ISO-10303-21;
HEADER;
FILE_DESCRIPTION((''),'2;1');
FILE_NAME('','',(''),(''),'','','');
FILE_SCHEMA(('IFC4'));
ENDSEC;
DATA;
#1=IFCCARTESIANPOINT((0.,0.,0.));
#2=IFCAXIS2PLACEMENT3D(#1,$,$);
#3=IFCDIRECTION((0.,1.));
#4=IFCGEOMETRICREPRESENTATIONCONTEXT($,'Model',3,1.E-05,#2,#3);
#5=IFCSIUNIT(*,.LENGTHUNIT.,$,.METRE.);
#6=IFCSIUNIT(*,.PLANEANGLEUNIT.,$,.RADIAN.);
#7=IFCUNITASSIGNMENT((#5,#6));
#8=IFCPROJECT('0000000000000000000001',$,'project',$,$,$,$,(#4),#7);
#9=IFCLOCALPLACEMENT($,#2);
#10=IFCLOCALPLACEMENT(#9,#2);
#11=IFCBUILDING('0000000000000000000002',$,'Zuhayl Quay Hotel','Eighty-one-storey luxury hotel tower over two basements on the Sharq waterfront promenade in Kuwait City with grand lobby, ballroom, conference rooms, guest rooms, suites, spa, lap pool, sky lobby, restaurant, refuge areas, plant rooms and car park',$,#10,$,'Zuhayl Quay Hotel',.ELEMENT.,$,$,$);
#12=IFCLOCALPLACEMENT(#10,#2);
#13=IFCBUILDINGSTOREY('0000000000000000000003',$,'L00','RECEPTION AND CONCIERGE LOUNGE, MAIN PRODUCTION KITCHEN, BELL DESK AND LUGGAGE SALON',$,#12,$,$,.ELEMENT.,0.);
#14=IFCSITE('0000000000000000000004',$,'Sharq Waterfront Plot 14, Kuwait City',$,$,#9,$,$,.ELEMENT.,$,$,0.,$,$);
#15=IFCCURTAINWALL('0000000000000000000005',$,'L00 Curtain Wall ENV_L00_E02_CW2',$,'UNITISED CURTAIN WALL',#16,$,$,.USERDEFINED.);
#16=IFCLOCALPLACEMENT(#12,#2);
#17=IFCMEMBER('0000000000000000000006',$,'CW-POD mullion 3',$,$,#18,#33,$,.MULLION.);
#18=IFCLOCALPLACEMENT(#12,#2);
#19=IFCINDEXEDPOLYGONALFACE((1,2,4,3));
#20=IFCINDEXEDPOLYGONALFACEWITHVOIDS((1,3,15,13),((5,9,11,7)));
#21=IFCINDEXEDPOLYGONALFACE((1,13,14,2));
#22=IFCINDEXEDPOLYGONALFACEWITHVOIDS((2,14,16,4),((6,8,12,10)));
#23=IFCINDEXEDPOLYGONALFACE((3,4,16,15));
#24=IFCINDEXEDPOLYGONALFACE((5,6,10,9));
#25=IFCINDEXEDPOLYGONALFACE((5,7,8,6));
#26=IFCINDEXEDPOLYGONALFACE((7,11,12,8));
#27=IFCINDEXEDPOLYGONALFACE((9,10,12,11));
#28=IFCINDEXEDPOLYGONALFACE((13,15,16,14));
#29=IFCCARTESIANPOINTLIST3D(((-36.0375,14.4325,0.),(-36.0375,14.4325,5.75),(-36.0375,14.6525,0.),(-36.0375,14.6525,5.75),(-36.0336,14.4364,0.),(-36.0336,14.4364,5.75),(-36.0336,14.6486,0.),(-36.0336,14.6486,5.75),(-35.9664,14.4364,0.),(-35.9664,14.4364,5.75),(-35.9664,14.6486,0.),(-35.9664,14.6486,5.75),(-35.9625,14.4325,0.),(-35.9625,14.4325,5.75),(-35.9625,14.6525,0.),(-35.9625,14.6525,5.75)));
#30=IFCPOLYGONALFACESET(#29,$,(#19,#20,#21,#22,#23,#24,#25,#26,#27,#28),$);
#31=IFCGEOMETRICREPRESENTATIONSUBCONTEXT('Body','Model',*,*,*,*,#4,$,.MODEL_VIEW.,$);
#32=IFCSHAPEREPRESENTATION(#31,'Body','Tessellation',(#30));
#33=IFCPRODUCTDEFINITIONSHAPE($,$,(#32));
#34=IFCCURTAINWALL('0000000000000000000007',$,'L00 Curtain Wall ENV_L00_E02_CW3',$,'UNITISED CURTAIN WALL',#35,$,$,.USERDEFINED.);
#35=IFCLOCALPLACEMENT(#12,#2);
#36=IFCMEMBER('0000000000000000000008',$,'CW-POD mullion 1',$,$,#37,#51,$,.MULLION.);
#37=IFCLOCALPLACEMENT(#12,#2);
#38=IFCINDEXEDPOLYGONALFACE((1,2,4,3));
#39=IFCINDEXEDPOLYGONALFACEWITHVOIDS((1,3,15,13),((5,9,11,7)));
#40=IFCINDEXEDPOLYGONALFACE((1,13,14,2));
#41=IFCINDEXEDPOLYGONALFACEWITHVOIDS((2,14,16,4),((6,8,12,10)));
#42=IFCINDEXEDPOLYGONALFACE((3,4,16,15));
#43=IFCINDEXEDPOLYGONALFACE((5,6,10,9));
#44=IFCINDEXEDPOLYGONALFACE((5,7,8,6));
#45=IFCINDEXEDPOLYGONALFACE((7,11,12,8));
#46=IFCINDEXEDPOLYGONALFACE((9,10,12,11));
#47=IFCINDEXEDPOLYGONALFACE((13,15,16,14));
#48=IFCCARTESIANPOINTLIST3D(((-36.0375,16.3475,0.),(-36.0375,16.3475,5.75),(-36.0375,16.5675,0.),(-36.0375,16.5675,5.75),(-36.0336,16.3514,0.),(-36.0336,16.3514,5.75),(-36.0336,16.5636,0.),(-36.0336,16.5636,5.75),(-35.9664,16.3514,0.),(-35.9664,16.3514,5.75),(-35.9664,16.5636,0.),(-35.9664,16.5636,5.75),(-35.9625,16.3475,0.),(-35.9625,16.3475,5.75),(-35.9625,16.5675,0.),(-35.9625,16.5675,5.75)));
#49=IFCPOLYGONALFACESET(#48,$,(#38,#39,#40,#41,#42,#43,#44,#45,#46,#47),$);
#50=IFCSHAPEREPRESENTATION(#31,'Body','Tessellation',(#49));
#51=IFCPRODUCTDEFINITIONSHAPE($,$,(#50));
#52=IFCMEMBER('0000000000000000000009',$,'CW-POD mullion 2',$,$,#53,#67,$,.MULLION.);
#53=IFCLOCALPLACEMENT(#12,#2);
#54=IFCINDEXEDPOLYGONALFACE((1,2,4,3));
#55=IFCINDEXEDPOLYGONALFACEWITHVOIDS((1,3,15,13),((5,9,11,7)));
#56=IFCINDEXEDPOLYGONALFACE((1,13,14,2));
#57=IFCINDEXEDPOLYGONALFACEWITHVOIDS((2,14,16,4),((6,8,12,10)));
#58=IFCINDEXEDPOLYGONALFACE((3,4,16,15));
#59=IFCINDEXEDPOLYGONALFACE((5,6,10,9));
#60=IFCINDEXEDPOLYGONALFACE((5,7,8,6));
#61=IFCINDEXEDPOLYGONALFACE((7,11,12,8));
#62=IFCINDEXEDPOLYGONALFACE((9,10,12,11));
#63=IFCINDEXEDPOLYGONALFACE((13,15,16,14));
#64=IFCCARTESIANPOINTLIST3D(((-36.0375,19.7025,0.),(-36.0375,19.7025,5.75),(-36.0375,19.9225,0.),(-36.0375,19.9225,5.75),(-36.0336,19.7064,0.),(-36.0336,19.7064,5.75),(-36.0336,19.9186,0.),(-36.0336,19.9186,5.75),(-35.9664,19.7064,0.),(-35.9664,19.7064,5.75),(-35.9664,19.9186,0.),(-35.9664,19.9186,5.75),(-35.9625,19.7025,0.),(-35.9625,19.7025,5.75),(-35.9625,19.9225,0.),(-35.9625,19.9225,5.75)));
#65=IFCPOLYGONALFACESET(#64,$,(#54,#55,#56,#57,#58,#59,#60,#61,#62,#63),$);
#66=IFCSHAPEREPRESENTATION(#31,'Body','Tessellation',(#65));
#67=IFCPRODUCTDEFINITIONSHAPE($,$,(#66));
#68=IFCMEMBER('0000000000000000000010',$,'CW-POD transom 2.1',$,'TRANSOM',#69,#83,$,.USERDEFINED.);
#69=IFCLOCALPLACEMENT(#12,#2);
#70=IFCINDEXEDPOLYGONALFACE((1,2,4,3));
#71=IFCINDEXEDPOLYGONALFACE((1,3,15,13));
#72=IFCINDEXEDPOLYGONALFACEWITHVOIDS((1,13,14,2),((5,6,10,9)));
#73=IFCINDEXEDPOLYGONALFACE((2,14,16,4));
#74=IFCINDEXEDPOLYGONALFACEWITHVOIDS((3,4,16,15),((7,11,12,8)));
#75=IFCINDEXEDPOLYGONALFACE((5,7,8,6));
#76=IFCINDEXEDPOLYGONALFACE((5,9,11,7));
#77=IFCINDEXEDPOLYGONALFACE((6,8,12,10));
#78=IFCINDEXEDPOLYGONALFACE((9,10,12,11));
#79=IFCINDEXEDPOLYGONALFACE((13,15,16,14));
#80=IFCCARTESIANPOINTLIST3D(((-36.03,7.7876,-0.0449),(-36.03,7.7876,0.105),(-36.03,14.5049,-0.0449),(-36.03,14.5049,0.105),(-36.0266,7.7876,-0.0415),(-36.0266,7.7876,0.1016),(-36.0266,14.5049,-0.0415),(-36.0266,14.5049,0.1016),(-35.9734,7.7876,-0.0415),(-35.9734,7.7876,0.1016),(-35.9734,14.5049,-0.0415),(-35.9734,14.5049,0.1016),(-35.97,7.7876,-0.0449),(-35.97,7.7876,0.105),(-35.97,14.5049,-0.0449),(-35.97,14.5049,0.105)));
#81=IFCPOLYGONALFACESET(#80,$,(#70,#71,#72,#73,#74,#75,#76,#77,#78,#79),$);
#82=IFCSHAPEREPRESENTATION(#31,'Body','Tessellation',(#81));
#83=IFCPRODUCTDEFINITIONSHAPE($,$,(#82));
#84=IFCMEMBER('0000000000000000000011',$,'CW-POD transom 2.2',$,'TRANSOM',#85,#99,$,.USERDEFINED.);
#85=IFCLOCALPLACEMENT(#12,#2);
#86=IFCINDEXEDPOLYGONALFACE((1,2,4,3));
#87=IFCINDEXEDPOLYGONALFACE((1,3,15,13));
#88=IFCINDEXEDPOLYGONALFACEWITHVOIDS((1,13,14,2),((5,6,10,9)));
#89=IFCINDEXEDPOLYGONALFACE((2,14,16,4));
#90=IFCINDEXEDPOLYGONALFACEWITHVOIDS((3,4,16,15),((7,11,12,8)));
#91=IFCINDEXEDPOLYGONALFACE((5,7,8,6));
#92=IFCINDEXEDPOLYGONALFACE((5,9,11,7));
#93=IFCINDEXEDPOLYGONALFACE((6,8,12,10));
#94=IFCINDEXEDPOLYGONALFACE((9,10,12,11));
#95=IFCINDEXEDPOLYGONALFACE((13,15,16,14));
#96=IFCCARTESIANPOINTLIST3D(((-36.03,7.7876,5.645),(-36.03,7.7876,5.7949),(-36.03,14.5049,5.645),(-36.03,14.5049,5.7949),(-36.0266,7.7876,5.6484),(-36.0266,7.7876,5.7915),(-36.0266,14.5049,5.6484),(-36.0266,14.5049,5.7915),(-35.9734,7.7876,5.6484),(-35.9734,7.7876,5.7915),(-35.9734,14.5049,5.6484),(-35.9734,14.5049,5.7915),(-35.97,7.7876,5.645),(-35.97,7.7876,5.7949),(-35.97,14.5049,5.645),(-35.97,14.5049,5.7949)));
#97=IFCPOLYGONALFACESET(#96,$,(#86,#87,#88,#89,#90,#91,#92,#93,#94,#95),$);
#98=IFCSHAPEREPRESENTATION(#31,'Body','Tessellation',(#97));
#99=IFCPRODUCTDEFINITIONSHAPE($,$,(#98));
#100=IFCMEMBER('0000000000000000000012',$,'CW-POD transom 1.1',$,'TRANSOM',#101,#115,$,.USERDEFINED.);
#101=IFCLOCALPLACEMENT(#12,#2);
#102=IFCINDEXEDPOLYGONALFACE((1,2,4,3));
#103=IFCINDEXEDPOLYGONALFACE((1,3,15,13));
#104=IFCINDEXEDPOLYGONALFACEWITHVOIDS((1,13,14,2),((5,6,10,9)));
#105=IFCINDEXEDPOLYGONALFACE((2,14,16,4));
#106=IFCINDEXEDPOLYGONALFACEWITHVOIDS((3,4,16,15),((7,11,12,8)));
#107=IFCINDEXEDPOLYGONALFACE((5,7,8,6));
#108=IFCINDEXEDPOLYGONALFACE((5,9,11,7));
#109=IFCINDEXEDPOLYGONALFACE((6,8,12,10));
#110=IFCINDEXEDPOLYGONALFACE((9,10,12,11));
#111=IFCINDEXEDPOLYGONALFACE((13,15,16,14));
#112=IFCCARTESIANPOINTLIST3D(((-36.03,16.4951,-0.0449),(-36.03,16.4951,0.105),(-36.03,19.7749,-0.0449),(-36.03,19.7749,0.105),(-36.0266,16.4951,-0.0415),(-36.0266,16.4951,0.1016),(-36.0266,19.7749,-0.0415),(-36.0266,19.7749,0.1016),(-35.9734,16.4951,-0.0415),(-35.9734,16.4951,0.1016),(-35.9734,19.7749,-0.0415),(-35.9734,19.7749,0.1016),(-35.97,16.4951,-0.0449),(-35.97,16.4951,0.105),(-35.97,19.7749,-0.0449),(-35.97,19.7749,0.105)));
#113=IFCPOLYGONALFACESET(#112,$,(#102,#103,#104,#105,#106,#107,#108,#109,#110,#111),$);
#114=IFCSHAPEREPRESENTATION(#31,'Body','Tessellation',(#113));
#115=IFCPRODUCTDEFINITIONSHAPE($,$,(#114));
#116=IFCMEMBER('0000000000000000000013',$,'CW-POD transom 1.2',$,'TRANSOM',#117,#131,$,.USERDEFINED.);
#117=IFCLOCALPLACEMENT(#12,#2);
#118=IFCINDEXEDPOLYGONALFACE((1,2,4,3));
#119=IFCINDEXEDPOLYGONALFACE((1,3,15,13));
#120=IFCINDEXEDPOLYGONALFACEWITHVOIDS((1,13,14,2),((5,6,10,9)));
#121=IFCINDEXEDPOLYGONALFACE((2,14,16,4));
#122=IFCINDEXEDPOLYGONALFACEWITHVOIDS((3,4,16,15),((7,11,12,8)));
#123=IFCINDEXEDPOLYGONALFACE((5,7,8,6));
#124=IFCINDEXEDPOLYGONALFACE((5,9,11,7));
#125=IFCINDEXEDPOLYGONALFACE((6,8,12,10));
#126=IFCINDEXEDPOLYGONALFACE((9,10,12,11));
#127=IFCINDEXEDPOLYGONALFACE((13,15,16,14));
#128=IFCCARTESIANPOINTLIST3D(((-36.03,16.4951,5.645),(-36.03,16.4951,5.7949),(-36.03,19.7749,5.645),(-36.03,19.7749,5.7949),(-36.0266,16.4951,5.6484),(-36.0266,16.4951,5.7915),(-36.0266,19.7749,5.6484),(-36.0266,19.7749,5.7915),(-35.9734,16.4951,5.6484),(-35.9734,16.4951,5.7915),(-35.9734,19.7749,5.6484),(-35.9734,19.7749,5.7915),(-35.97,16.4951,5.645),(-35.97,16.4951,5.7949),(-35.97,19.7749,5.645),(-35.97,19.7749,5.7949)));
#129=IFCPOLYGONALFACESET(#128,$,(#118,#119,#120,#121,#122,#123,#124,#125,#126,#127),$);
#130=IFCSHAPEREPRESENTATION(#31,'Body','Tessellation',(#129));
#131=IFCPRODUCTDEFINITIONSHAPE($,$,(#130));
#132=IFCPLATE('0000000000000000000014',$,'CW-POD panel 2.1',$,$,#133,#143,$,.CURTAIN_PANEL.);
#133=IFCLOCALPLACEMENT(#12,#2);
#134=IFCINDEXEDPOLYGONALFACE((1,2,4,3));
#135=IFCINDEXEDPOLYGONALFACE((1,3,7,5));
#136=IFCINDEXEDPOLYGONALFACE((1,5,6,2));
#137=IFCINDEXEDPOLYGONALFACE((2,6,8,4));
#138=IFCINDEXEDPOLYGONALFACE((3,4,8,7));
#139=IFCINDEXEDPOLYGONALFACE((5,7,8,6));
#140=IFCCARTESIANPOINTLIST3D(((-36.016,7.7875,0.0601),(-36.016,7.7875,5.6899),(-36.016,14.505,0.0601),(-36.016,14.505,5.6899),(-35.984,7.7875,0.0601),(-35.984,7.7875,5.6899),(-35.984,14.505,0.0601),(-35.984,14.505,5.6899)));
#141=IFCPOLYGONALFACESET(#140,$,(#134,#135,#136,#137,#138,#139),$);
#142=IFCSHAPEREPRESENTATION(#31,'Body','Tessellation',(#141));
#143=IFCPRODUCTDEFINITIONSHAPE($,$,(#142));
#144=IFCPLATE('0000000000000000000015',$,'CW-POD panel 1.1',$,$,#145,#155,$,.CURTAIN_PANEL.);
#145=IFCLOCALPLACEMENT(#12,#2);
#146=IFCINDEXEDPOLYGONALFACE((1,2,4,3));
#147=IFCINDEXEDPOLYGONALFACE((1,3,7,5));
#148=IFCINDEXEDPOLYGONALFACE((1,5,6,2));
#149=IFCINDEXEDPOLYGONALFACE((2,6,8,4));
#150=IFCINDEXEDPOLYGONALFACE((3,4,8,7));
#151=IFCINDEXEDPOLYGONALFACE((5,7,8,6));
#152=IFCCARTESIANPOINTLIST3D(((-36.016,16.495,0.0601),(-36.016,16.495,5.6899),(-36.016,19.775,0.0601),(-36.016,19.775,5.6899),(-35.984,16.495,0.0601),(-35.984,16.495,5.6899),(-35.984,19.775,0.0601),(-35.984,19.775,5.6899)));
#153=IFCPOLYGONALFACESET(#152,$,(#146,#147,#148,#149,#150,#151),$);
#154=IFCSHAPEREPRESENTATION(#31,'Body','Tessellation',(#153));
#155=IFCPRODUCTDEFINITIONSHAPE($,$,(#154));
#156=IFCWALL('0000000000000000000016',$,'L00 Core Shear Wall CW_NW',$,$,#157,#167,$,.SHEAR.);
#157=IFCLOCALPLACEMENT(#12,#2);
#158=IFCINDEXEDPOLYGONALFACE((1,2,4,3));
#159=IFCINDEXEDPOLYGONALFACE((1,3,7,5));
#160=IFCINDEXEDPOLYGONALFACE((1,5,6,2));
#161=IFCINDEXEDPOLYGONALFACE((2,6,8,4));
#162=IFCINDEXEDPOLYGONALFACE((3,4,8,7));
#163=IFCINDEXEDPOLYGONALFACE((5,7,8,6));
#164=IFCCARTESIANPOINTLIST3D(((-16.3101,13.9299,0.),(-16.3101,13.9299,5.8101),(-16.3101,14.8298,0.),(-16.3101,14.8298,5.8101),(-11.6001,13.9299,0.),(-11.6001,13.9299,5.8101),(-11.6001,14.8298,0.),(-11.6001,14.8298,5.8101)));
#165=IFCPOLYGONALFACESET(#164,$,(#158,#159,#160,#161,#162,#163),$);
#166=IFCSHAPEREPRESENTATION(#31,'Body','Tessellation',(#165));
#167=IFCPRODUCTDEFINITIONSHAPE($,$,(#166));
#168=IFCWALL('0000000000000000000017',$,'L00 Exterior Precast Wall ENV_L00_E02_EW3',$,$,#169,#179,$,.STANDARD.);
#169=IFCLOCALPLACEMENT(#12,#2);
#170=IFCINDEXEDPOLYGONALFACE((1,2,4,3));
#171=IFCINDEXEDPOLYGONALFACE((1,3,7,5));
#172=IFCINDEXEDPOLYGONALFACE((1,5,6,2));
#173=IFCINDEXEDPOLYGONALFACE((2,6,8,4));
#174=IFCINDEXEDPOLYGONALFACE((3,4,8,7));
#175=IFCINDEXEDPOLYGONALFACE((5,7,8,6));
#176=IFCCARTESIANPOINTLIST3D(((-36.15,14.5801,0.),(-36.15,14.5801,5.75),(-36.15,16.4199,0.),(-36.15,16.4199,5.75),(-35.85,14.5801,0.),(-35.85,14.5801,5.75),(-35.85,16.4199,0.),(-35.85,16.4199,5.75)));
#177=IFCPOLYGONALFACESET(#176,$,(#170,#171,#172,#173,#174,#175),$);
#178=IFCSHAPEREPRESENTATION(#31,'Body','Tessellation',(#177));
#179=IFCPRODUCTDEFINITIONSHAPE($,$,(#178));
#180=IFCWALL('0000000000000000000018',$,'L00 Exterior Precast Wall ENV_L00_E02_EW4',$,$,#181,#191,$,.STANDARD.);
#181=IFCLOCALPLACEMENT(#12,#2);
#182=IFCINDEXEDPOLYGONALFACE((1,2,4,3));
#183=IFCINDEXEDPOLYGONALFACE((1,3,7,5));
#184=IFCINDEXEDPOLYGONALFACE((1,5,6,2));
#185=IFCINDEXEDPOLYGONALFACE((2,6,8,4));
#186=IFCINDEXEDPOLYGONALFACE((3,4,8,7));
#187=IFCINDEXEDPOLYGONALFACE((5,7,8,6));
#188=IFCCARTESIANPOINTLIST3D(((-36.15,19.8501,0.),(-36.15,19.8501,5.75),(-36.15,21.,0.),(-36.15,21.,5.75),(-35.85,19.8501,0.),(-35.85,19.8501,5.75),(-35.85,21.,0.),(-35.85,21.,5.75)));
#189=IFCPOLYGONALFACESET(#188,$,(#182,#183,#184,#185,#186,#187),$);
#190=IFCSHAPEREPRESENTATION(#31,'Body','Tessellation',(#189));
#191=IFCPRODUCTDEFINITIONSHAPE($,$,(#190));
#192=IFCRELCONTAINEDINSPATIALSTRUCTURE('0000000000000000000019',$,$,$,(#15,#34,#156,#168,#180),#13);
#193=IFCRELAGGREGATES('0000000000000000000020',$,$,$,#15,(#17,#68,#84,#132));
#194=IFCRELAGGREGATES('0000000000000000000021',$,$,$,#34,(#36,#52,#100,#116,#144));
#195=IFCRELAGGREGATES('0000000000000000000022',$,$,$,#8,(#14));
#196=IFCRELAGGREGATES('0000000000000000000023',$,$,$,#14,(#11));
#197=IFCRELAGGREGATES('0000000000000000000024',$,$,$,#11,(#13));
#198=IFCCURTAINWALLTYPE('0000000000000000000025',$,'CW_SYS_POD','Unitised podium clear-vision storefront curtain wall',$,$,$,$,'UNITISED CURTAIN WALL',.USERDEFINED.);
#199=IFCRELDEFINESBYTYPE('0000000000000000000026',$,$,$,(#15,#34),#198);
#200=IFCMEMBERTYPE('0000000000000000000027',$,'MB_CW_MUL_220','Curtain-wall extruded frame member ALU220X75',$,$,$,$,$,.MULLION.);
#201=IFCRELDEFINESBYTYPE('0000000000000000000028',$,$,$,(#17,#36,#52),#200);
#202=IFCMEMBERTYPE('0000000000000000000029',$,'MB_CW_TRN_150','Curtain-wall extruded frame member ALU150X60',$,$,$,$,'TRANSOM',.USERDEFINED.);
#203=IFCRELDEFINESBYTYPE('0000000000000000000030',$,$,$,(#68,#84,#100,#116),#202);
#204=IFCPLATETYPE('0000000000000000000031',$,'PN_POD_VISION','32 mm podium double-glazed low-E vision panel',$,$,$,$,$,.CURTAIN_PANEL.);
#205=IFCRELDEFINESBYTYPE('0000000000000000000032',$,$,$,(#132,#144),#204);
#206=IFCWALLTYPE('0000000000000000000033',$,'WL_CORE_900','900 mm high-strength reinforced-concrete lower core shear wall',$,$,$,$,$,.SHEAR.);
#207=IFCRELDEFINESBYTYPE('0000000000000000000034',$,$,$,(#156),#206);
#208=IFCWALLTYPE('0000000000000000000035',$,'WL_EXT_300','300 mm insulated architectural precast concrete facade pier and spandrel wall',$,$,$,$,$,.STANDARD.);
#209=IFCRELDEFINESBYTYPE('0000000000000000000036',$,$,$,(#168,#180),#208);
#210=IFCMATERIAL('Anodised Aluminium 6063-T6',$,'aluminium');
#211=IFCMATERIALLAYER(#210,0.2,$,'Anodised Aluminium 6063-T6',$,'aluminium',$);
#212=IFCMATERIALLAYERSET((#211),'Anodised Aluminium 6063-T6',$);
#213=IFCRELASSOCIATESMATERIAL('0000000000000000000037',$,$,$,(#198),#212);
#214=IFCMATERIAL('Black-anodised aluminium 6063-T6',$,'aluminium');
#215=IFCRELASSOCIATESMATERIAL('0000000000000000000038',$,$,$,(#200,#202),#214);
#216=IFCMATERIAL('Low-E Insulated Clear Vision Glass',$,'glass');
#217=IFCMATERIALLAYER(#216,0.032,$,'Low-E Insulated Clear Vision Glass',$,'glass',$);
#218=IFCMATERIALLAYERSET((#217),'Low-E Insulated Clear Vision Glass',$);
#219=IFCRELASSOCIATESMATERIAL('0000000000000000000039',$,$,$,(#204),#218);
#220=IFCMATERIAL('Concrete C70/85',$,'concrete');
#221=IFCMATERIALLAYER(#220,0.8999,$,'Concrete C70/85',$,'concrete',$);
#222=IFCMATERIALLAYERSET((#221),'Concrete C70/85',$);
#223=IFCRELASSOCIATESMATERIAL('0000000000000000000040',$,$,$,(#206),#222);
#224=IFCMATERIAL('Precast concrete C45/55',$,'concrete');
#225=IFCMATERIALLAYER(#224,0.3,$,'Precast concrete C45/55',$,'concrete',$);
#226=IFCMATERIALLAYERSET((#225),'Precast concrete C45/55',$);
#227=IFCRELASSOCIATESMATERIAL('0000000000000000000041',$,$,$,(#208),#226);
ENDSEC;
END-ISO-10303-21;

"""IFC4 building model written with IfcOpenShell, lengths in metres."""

from ifc_helpers import new_model, si_unit, direction, frame, frame_2d, origin, origin_2d, place, context, subcontext, project, spatial, rectangle, hollow_rectangle, extrude, material, layer, layer_set, material_profile, profile_set, type_object, element, aggregate, save


model = new_model("IFC4")

# Units and contexts
model_context = context("Model", 3, precision=1e-05, world=origin(), true_north=direction((0.0, 1.0)))
body_context = subcontext(model_context, "Body", "Model", "MODEL_VIEW")
ifc_project = project(units=[si_unit("LENGTHUNIT", "METRE"), si_unit("PLANEANGLEUNIT", "RADIAN")], contexts=[model_context])

# Site, building, storey
site_placement = place(None, origin())
site = spatial("IfcSite", under=ifc_project, at=site_placement, Name="Sharq Waterfront Plot 14, Kuwait City", CompositionType="ELEMENT", RefElevation=0.0)
building_placement = place(site_placement, origin())
building = spatial("IfcBuilding", under=site, at=building_placement, Name="Zuhayl Quay Hotel", Description="Eighty-one-storey luxury hotel tower over two basements on the Sharq waterfront promenade in Kuwait City with grand lobby, ballroom, conference rooms, guest rooms, suites, spa, lap pool, sky lobby, restaurant, refuge areas, plant rooms and car park", LongName="Zuhayl Quay Hotel", CompositionType="ELEMENT")
storey_placement = place(building_placement, origin())
storey = spatial("IfcBuildingStorey", under=building, at=storey_placement, Name="L00", Description="RECEPTION AND CONCIERGE LOUNGE, MAIN PRODUCTION KITCHEN, BELL DESK AND LUGGAGE SALON", CompositionType="ELEMENT", Elevation=0.0)

# Curtain walls, members
ifc_material_1 = material(Name="Anodised Aluminium 6063-T6", Category="aluminium")
ifc_layer_1 = layer(ifc_material_1, 0.2, Name="Anodised Aluminium 6063-T6", Category="aluminium")
ifc_layer_set_1 = layer_set([ifc_layer_1], Name="Anodised Aluminium 6063-T6")
curtain_wall_type = type_object("IfcCurtainWallType", Name="CW_SYS_POD", Description="Unitised podium clear-vision storefront curtain wall", ElementType="UNITISED CURTAIN WALL", PredefinedType="USERDEFINED", material=ifc_layer_set_1)
curtain_wall_1_placement = place(storey_placement, origin())
curtain_wall_1 = element("IfcCurtainWall", 1, at=curtain_wall_1_placement, inside=storey, type_object=curtain_wall_type, Name="L00 Curtain Wall ENV_L00_E02_CW2", ObjectType="UNITISED CURTAIN WALL", PredefinedType="USERDEFINED")
ifc_material_2 = material(Name="Black-anodised aluminium 6063-T6", Category="aluminium")
ifc_material_profile_1 = material_profile(ifc_material_2, hollow_rectangle(XDim=0.075, YDim=0.22, WallThickness=0.0039, at=origin_2d()), Name="ALU220X75")
ifc_profile_set_1 = profile_set([ifc_material_profile_1], Name="Black-anodised aluminium 6063-T6")
member_type_1 = type_object("IfcMemberType", Name="MB_CW_MUL_220", Description="Curtain-wall extruded frame member ALU220X75", PredefinedType="MULLION", material=ifc_profile_set_1)
member_1_placement = place(storey_placement, frame((-36.0, 14.5425, 0.0), z_axis=(0.0, 0.0, 1.0), x_axis=(-1.0, 0.0, 0.0)))
member_1 = element("IfcMember", 2, at=member_1_placement, type_object=member_type_1, Name="CW-POD mullion 3", PredefinedType="MULLION", context=body_context, shape_type="SweptSolid", body=[
    extrude(hollow_rectangle(XDim=0.075, YDim=0.22, WallThickness=0.0039, at=origin_2d()), origin(), (0.0, 0.0, 1.0), 5.75),
])
curtain_wall_2_placement = place(storey_placement, origin())
curtain_wall_2 = element("IfcCurtainWall", 3, at=curtain_wall_2_placement, inside=storey, type_object=curtain_wall_type, Name="L00 Curtain Wall ENV_L00_E02_CW3", ObjectType="UNITISED CURTAIN WALL", PredefinedType="USERDEFINED")
member_2_placement = place(storey_placement, frame((-36.0, 16.4575, 0.0), z_axis=(0.0, 0.0, 1.0), x_axis=(-1.0, 0.0, 0.0)))
member_2 = element("IfcMember", 4, at=member_2_placement, type_object=member_type_1, Name="CW-POD mullion 1", PredefinedType="MULLION", context=body_context, shape_type="SweptSolid", body=[
    extrude(hollow_rectangle(XDim=0.075, YDim=0.22, WallThickness=0.0039, at=origin_2d()), origin(), (0.0, 0.0, 1.0), 5.75),
])
member_3_placement = place(storey_placement, frame((-36.0, 19.8125, 0.0), z_axis=(0.0, 0.0, 1.0), x_axis=(-1.0, 0.0, 0.0)))
member_3 = element("IfcMember", 5, at=member_3_placement, type_object=member_type_1, Name="CW-POD mullion 2", PredefinedType="MULLION", context=body_context, shape_type="SweptSolid", body=[
    extrude(hollow_rectangle(XDim=0.075, YDim=0.22, WallThickness=0.0039, at=origin_2d()), origin(), (0.0, 0.0, 1.0), 5.75),
])

# Members
ifc_material_profile_2 = material_profile(ifc_material_2, hollow_rectangle(XDim=0.0601, YDim=0.1499, WallThickness=0.0034, at=origin_2d()), Name="ALU150X60")
ifc_profile_set_2 = profile_set([ifc_material_profile_2], Name="Black-anodised aluminium 6063-T6")
member_type_2 = type_object("IfcMemberType", Name="MB_CW_TRN_150", Description="Curtain-wall extruded frame member ALU150X60", ElementType="TRANSOM", PredefinedType="USERDEFINED", material=ifc_profile_set_2)
member_4_placement = place(storey_placement, frame((-36.0, 7.7876, 0.03), z_axis=(0.0, 1.0, 0.0), x_axis=(-1.0, 0.0, 0.0)))
member_4 = element("IfcMember", 6, at=member_4_placement, type_object=member_type_2, Name="CW-POD transom 2.1", ObjectType="TRANSOM", PredefinedType="USERDEFINED", context=body_context, shape_type="SweptSolid", body=[
    extrude(hollow_rectangle(XDim=0.0601, YDim=0.1499, WallThickness=0.0034, at=origin_2d()), origin(), (0.0, 0.0, 1.0), 6.7173),
])
member_5_placement = place(storey_placement, frame((-36.0, 7.7876, 5.72), z_axis=(0.0, 1.0, 0.0), x_axis=(-1.0, 0.0, 0.0)))
member_5 = element("IfcMember", 7, at=member_5_placement, type_object=member_type_2, Name="CW-POD transom 2.2", ObjectType="TRANSOM", PredefinedType="USERDEFINED", context=body_context, shape_type="SweptSolid", body=[
    extrude(hollow_rectangle(XDim=0.0601, YDim=0.1499, WallThickness=0.0034, at=origin_2d()), origin(), (0.0, 0.0, 1.0), 6.7173),
])
member_6_placement = place(storey_placement, frame((-36.0, 16.4951, 0.03), z_axis=(0.0, 1.0, 0.0), x_axis=(-1.0, 0.0, 0.0)))
member_6 = element("IfcMember", 8, at=member_6_placement, type_object=member_type_2, Name="CW-POD transom 1.1", ObjectType="TRANSOM", PredefinedType="USERDEFINED", context=body_context, shape_type="SweptSolid", body=[
    extrude(hollow_rectangle(XDim=0.0601, YDim=0.1499, WallThickness=0.0034, at=origin_2d()), origin(), (0.0, 0.0, 1.0), 3.2798),
])
member_7_placement = place(storey_placement, frame((-36.0, 16.4951, 5.72), z_axis=(0.0, 1.0, 0.0), x_axis=(-1.0, 0.0, 0.0)))
member_7 = element("IfcMember", 9, at=member_7_placement, type_object=member_type_2, Name="CW-POD transom 1.2", ObjectType="TRANSOM", PredefinedType="USERDEFINED", context=body_context, shape_type="SweptSolid", body=[
    extrude(hollow_rectangle(XDim=0.0601, YDim=0.1499, WallThickness=0.0034, at=origin_2d()), origin(), (0.0, 0.0, 1.0), 3.2798),
])

# Plates
ifc_material_3 = material(Name="Low-E Insulated Clear Vision Glass", Category="glass")
ifc_layer_2 = layer(ifc_material_3, 0.032, Name="Low-E Insulated Clear Vision Glass", Category="glass")
ifc_layer_set_2 = layer_set([ifc_layer_2], Name="Low-E Insulated Clear Vision Glass")
plate_type = type_object("IfcPlateType", Name="PN_POD_VISION", Description="32 mm podium double-glazed low-E vision panel", PredefinedType="CURTAIN_PANEL", material=ifc_layer_set_2)
plate_1_placement = place(storey_placement, frame((-36.0, 11.1462, 0.0601), z_axis=(0.0, 0.0, 1.0), x_axis=(0.0, 1.0, 0.0)))
plate_1 = element("IfcPlate", 10, at=plate_1_placement, type_object=plate_type, Name="CW-POD panel 2.1", PredefinedType="CURTAIN_PANEL", context=body_context, shape_type="SweptSolid", body=[
    extrude(rectangle(XDim=6.7175, YDim=0.032, at=origin_2d()), origin(), (0.0, 0.0, 1.0), 5.6299),
])
aggregate(curtain_wall_1, [member_1, member_4, member_5, plate_1])
plate_2_placement = place(storey_placement, frame((-36.0, 18.135, 0.0601), z_axis=(0.0, 0.0, 1.0), x_axis=(0.0, 1.0, 0.0)))
plate_2 = element("IfcPlate", 11, at=plate_2_placement, type_object=plate_type, Name="CW-POD panel 1.1", PredefinedType="CURTAIN_PANEL", context=body_context, shape_type="SweptSolid", body=[
    extrude(rectangle(XDim=3.28, YDim=0.032, at=origin_2d()), origin(), (0.0, 0.0, 1.0), 5.6299),
])
aggregate(curtain_wall_2, [member_2, member_3, member_6, member_7, plate_2])

# Walls
ifc_material_4 = material(Name="Concrete C70/85", Category="concrete")
ifc_layer_3 = layer(ifc_material_4, 0.8999, Name="Concrete C70/85", Category="concrete")
ifc_layer_set_3 = layer_set([ifc_layer_3], Name="Concrete C70/85")
wall_type_1 = type_object("IfcWallType", Name="WL_CORE_900", Description="900 mm high-strength reinforced-concrete lower core shear wall", PredefinedType="SHEAR", material=ifc_layer_set_3)
wall_1_placement = place(storey_placement, frame((-16.3101, 14.3799, 0.0), z_axis=(0.0, 0.0, 1.0), x_axis=(1.0, 0.0, 0.0)))
element("IfcWall", 12, at=wall_1_placement, inside=storey, type_object=wall_type_1, Name="L00 Core Shear Wall CW_NW", PredefinedType="SHEAR", context=body_context, shape_type="SweptSolid", body=[
    extrude(rectangle(XDim=4.71, YDim=0.8999, at=frame_2d((2.355, 0.0))), origin(), (0.0, 0.0, 1.0), 5.8101),
])
ifc_material_5 = material(Name="Precast concrete C45/55", Category="concrete")
ifc_layer_4 = layer(ifc_material_5, 0.3, Name="Precast concrete C45/55", Category="concrete")
ifc_layer_set_4 = layer_set([ifc_layer_4], Name="Precast concrete C45/55")
wall_type_2 = type_object("IfcWallType", Name="WL_EXT_300", Description="300 mm insulated architectural precast concrete facade pier and spandrel wall", PredefinedType="STANDARD", material=ifc_layer_set_4)
wall_2_placement = place(storey_placement, frame((-36.0, 14.5801, 0.0), z_axis=(0.0, 0.0, 1.0), x_axis=(0.0, 1.0, 0.0)))
element("IfcWall", 13, at=wall_2_placement, inside=storey, type_object=wall_type_2, Name="L00 Exterior Precast Wall ENV_L00_E02_EW3", PredefinedType="STANDARD", context=body_context, shape_type="SweptSolid", body=[
    extrude(rectangle(XDim=1.8398, YDim=0.3, at=frame_2d((0.9199, 0.0))), origin(), (0.0, 0.0, 1.0), 5.75),
])
wall_3_placement = place(storey_placement, frame((-36.0, 19.8501, 0.0), z_axis=(0.0, 0.0, 1.0), x_axis=(0.0, 1.0, 0.0)))
element("IfcWall", 14, at=wall_3_placement, inside=storey, type_object=wall_type_2, Name="L00 Exterior Precast Wall ENV_L00_E02_EW4", PredefinedType="STANDARD", context=body_context, shape_type="SweptSolid", body=[
    extrude(rectangle(XDim=1.1499, YDim=0.3, at=frame_2d((0.575, 0.0))), origin(), (0.0, 0.0, 1.0), 5.75),
])

save(model, "model.ifc")
